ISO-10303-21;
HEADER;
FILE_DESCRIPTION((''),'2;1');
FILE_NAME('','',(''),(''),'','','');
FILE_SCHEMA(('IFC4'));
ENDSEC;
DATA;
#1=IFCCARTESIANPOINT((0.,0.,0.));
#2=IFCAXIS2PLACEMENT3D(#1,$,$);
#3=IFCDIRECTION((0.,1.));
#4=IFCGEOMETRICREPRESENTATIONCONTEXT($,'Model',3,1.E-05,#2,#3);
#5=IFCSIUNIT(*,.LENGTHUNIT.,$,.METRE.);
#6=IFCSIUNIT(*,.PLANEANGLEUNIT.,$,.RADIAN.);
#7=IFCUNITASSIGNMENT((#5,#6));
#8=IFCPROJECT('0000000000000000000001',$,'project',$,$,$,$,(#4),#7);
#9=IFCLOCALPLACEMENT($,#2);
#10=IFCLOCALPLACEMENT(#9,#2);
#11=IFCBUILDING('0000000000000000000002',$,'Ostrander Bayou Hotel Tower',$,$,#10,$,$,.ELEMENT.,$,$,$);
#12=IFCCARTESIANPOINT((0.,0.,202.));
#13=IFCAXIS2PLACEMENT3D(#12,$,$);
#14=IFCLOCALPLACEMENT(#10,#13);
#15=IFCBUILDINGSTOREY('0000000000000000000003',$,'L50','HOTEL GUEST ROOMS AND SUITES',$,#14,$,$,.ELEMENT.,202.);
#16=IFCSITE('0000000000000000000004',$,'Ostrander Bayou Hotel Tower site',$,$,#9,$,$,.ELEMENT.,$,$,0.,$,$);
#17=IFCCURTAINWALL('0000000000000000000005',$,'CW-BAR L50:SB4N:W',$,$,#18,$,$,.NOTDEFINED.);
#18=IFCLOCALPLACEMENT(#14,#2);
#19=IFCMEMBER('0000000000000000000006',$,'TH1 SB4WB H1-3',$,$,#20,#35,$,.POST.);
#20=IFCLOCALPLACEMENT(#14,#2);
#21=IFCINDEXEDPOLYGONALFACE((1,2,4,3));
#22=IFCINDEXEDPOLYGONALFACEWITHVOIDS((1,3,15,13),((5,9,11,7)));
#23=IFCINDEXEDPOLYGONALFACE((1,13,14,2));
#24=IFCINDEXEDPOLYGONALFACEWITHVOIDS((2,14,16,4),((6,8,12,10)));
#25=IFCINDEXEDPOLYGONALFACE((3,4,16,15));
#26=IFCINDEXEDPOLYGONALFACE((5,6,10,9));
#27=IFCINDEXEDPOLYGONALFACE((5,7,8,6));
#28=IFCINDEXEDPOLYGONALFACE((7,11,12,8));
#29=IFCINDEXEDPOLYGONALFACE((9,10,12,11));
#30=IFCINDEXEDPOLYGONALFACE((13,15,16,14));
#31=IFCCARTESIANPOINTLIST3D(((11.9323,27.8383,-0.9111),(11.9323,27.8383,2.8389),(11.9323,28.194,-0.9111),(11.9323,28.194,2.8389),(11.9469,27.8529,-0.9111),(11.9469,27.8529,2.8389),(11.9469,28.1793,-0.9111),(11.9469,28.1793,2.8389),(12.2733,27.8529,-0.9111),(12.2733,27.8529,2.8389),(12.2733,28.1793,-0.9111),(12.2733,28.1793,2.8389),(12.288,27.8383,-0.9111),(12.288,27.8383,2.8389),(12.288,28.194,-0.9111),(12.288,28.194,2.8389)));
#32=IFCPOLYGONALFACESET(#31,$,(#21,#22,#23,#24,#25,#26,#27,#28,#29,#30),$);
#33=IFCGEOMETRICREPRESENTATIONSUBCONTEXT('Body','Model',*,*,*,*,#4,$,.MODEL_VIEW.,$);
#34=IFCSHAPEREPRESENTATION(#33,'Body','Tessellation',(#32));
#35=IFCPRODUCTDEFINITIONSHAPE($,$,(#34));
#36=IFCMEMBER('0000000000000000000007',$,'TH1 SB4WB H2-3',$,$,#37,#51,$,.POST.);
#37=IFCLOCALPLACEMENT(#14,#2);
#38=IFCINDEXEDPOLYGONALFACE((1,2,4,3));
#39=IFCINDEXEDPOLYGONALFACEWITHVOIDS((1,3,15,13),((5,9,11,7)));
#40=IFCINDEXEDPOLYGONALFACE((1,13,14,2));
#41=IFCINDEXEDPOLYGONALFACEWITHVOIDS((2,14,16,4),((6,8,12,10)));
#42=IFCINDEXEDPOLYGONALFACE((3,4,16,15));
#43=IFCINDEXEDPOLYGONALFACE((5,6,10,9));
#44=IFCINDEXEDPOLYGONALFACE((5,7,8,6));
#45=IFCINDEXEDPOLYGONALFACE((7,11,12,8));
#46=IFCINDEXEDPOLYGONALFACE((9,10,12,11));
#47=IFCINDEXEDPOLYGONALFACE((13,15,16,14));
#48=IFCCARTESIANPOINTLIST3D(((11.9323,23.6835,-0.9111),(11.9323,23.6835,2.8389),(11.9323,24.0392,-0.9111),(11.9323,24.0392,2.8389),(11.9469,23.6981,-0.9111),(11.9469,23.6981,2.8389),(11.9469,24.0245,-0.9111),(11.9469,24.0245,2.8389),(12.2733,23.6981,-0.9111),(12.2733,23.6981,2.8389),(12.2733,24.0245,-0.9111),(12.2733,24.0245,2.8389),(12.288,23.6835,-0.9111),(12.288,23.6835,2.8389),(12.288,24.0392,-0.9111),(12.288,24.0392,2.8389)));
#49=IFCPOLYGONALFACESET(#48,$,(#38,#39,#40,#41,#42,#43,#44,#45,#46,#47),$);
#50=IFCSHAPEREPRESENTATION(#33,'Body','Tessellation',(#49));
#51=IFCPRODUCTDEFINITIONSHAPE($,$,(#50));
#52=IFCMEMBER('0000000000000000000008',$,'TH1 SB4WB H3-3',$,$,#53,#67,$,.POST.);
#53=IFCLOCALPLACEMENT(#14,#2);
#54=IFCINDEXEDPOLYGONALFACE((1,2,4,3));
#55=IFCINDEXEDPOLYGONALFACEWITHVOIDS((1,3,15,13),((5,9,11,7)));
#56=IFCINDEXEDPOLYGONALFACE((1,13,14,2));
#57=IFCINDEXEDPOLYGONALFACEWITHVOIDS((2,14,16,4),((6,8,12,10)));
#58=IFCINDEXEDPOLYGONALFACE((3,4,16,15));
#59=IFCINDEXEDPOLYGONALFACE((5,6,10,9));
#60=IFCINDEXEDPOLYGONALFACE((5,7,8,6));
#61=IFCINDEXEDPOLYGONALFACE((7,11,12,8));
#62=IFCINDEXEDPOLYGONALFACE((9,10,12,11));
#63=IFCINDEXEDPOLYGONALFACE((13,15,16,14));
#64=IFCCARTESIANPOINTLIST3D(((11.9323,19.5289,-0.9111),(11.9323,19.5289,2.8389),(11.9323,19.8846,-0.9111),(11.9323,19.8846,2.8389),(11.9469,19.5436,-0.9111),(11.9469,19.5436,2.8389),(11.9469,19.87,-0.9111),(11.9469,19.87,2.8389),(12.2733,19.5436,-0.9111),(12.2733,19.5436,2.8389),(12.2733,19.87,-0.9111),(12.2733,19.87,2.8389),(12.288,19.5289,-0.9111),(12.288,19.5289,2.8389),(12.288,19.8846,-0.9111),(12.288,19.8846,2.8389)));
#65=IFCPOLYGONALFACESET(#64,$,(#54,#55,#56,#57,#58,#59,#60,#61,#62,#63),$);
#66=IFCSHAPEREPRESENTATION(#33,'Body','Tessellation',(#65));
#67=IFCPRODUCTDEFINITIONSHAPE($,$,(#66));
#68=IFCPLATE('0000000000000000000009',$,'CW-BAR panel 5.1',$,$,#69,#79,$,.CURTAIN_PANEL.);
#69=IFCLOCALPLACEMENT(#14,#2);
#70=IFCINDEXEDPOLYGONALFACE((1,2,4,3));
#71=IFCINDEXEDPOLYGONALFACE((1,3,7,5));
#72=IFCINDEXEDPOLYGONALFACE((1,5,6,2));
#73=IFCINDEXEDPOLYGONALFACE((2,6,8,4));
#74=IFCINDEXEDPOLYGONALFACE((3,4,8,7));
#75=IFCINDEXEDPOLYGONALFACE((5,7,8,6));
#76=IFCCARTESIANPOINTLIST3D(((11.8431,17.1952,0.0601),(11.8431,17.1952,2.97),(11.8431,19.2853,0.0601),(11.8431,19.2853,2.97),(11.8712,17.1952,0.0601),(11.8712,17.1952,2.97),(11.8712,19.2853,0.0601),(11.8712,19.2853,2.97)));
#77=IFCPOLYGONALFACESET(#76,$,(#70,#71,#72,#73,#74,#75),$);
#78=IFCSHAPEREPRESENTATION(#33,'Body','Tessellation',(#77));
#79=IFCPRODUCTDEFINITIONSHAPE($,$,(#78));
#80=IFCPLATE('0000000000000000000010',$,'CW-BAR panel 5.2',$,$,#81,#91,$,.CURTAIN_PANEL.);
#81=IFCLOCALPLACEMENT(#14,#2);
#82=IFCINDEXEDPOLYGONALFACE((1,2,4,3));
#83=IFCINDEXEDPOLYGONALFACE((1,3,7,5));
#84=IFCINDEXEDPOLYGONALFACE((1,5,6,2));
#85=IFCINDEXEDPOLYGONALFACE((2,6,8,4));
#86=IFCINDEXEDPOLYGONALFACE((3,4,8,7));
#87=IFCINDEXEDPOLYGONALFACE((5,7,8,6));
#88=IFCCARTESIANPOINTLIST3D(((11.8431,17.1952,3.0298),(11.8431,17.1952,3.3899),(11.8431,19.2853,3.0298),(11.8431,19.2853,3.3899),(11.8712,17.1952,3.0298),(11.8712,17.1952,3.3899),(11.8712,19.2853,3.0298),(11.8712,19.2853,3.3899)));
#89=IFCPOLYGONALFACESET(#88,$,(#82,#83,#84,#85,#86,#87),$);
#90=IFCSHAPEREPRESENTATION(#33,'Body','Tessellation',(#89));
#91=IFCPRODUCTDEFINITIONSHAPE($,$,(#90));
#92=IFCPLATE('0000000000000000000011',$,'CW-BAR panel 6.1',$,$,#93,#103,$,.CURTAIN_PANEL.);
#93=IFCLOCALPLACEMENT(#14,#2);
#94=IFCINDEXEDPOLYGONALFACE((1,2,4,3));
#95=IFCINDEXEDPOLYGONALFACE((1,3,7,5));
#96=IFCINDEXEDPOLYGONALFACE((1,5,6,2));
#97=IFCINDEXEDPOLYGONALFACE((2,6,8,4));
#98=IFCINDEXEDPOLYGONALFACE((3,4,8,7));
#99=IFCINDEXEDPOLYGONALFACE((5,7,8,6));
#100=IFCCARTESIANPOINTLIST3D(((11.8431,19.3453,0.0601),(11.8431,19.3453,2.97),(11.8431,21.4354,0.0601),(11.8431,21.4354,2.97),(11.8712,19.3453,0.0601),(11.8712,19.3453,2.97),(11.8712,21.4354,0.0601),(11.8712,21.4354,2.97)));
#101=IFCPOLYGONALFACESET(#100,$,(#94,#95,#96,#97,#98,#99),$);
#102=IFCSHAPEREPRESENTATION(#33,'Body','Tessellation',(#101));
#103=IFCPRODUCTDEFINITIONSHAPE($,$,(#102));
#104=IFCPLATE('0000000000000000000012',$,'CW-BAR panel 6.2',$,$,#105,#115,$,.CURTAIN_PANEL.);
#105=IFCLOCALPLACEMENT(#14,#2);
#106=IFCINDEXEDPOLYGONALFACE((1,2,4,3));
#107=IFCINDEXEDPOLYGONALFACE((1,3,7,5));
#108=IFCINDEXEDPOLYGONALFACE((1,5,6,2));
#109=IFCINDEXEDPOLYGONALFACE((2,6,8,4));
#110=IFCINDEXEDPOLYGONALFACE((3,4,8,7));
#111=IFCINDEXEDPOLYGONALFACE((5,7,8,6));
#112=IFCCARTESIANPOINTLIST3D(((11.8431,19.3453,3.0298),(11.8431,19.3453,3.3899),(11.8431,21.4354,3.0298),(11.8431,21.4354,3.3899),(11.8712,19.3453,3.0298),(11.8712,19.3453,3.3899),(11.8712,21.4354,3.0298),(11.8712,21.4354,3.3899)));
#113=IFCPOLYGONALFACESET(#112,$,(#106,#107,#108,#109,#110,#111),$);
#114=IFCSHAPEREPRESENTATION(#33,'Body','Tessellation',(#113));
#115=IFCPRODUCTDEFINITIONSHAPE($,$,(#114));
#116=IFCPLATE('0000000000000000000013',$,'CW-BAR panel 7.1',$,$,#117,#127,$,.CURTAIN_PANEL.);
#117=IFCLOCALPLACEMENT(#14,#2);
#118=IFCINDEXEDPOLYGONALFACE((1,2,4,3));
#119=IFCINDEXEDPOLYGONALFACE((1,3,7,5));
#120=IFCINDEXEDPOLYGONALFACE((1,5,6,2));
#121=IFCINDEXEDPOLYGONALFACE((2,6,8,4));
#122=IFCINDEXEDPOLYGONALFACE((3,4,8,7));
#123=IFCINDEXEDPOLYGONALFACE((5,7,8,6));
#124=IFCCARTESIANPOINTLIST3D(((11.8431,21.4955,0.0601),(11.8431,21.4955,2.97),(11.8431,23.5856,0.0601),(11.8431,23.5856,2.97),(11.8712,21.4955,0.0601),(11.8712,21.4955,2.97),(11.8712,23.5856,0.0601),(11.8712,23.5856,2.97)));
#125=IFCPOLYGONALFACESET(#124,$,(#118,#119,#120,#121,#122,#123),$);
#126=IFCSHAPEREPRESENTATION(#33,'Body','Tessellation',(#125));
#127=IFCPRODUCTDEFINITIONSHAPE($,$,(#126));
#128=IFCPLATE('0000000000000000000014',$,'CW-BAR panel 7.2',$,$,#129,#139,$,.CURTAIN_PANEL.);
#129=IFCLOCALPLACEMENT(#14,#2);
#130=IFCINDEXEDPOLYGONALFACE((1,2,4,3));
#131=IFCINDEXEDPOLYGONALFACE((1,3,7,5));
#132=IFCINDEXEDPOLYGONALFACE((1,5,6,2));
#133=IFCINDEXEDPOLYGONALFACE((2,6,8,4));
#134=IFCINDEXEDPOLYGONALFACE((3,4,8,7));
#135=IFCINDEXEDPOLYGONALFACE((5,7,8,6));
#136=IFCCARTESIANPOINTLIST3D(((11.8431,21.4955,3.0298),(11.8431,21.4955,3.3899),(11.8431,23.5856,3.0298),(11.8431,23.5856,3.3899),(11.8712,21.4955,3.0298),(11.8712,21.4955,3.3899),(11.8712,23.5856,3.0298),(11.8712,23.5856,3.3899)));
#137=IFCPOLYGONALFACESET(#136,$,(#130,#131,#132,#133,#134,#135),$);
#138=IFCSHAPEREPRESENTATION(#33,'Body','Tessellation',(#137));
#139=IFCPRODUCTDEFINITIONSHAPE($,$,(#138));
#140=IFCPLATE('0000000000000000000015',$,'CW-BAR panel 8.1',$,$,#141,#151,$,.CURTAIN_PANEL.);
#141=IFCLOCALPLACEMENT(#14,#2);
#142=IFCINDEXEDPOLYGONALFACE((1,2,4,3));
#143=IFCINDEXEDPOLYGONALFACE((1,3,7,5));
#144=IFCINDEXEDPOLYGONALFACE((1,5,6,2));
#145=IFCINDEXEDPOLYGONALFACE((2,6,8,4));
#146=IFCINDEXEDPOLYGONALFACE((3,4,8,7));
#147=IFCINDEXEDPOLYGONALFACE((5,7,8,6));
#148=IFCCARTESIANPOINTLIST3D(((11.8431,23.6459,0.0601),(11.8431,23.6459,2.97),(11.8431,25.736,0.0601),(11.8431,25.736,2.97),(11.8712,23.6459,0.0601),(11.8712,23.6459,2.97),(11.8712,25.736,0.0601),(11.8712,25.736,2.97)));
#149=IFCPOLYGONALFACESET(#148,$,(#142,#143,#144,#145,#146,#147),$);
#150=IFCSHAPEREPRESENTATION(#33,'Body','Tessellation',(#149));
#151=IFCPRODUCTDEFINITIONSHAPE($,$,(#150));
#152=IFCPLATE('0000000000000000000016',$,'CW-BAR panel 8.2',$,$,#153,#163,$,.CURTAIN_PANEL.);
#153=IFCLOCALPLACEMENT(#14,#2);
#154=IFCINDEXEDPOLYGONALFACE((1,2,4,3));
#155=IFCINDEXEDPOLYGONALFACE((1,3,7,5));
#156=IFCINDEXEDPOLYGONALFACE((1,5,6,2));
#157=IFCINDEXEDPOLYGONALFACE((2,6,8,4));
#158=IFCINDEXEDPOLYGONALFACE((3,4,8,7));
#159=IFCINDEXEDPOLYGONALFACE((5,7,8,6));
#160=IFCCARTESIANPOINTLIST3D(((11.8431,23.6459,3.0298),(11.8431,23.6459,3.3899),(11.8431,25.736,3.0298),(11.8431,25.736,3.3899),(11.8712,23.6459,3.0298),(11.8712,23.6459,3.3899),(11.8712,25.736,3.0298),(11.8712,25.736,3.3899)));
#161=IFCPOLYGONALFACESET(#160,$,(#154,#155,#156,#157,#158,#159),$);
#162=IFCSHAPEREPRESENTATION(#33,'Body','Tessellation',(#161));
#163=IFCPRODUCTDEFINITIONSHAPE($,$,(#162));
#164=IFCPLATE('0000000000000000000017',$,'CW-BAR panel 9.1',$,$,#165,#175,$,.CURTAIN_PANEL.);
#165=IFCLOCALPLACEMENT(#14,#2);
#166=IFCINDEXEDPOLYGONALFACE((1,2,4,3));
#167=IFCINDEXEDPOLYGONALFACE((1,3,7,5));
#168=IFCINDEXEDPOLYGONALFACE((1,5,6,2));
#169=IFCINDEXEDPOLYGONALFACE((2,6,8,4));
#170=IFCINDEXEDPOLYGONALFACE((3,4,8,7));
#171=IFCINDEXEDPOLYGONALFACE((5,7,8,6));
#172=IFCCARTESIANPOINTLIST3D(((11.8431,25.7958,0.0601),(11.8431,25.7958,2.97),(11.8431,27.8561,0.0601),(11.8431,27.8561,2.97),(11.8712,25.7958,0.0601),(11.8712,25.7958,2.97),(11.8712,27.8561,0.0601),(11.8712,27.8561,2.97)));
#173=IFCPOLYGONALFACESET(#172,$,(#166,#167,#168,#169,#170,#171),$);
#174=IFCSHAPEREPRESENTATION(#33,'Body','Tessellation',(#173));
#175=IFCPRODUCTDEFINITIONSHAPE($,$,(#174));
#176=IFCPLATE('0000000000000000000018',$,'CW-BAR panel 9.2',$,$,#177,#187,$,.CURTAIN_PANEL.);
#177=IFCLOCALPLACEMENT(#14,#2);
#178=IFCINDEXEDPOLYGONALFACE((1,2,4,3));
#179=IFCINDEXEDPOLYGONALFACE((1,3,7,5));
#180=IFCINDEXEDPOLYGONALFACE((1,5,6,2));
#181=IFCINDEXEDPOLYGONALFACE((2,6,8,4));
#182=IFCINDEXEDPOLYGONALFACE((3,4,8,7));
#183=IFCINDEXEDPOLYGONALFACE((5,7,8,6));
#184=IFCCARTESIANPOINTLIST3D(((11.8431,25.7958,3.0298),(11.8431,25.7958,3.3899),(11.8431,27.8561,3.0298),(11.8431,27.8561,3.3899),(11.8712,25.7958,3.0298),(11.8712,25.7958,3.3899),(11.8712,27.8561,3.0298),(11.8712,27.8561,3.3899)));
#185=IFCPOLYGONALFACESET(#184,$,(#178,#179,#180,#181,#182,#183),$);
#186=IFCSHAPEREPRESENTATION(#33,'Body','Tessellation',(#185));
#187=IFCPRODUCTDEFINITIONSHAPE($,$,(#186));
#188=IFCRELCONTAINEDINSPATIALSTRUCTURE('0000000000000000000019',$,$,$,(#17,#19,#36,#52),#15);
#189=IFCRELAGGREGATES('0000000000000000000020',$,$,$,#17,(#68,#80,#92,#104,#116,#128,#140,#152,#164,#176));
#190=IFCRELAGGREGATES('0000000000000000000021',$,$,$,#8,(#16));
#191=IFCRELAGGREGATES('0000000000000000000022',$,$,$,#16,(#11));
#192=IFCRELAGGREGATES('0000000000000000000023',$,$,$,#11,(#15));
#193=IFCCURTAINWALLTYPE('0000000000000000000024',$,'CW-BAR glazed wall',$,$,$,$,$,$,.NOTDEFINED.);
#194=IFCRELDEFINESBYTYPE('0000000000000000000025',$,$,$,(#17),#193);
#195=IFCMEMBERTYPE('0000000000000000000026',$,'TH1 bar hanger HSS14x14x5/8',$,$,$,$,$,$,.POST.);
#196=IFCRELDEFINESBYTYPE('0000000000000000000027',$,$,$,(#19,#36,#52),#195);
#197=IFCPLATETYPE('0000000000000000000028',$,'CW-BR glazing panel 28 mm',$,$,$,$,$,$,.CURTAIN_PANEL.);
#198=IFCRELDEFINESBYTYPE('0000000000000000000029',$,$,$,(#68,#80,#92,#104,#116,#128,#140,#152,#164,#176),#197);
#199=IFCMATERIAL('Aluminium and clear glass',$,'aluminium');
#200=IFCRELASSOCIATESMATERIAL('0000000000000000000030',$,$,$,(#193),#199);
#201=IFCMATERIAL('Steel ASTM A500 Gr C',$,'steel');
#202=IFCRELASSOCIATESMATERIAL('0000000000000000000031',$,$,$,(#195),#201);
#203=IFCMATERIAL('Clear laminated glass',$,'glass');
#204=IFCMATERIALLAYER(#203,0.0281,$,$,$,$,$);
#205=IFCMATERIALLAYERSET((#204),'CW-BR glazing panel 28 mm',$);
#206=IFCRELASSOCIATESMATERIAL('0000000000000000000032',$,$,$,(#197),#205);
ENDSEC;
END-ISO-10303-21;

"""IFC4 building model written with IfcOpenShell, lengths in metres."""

from ifc_helpers import new_model, si_unit, direction, frame, origin, origin_2d, place, context, subcontext, project, spatial, rectangle, hollow_rectangle, extrude, material, layer, layer_set, material_profile, profile_set, type_object, element, aggregate, save


model = new_model("IFC4")

# Units and contexts
model_context = context("Model", 3, precision=1e-05, world=origin(), true_north=direction((0.0, 1.0)))
body_context = subcontext(model_context, "Body", "Model", "MODEL_VIEW")
ifc_project = project(units=[si_unit("LENGTHUNIT", "METRE"), si_unit("PLANEANGLEUNIT", "RADIAN")], contexts=[model_context])

# Site, building, storey
site_placement = place(None, origin())
site = spatial("IfcSite", under=ifc_project, at=site_placement, Name="Ostrander Bayou Hotel Tower site", CompositionType="ELEMENT", RefElevation=0.0)
building_placement = place(site_placement, origin())
building = spatial("IfcBuilding", under=site, at=building_placement, Name="Ostrander Bayou Hotel Tower", CompositionType="ELEMENT")
storey_placement = place(building_placement, frame((0.0, 0.0, 202.0)))
storey = spatial("IfcBuildingStorey", under=building, at=storey_placement, Name="L50", Description="HOTEL GUEST ROOMS AND SUITES", CompositionType="ELEMENT", Elevation=202.0)

# Shared definitions
ifc_material_1 = material(Name="Aluminium and clear glass", Category="aluminium")
curtain_wall_type = type_object("IfcCurtainWallType", Name="CW-BAR glazed wall", PredefinedType="NOTDEFINED", material=ifc_material_1)

# Curtain wall
curtain_wall_1_placement = place(storey_placement, origin())
curtain_wall_1 = element("IfcCurtainWall", 1, at=curtain_wall_1_placement, inside=storey, type_object=curtain_wall_type, Name="CW-BAR L50:SB4N:W", PredefinedType="NOTDEFINED")

# Members
ifc_material_2 = material(Name="Steel ASTM A500 Gr C", Category="steel")
ifc_material_profile_1 = material_profile(ifc_material_2, hollow_rectangle(XDim=0.3557, YDim=0.3557, WallThickness=0.0146, at=origin_2d()))
ifc_profile_set_1 = profile_set([ifc_material_profile_1], Name="Steel ASTM A500 Gr C")
member_type_1 = type_object("IfcMemberType", Name="TH1 bar hanger HSS14x14x5/8", PredefinedType="POST", material=ifc_profile_set_1)
for number, where, z_axis, x_axis, name in (
    (2, (12.1101, 28.0161, -0.9111), (0.0, 0.0, 1.0), (1.0, 0.0, 0.0), "TH1 SB4WB H1-3"),
    (3, (12.1101, 23.8613, -0.9111), (0.0, 0.0, 1.0), (1.0, 0.0, 0.0), "TH1 SB4WB H2-3"),
    (4, (12.1101, 19.7068, -0.9111), (0.0, 0.0, 1.0), (1.0, 0.0, 0.0), "TH1 SB4WB H3-3"),
):
    element("IfcMember", number, at=place(storey_placement, frame(where, z_axis=z_axis, x_axis=x_axis)), inside=storey, type_object=member_type_1, Name=name, PredefinedType="POST", context=body_context, shape_type="SweptSolid", body=[
        extrude(hollow_rectangle(XDim=0.3557, YDim=0.3557, WallThickness=0.0146, at=origin_2d()), origin(), (0.0, 0.0, 1.0), 3.75),
    ])

# Plates
ifc_material_3 = material(Name="Clear laminated glass", Category="glass")
ifc_layer = layer(ifc_material_3, 0.0281)
ifc_layer_set = layer_set([ifc_layer], Name="CW-BR glazing panel 28 mm")
plate_type = type_object("IfcPlateType", Name="CW-BR glazing panel 28 mm", PredefinedType="CURTAIN_PANEL", material=ifc_layer_set)
plate_1_placement = place(storey_placement, frame((11.8572, 18.2402, 0.0601), z_axis=(0.0, 0.0, 1.0), x_axis=(0.0, 1.0, 0.0)))
plate_1 = element("IfcPlate", 5, at=plate_1_placement, type_object=plate_type, Name="CW-BAR panel 5.1", PredefinedType="CURTAIN_PANEL", context=body_context, shape_type="SweptSolid", body=[
    extrude(rectangle(XDim=2.0901, YDim=0.0281, at=origin_2d()), origin(), (0.0, 0.0, 1.0), 2.9099),
])
plate_2_placement = place(storey_placement, frame((11.8572, 18.2402, 3.0298), z_axis=(0.0, 0.0, 1.0), x_axis=(0.0, 1.0, 0.0)))
plate_2 = element("IfcPlate", 6, at=plate_2_placement, type_object=plate_type, Name="CW-BAR panel 5.2", PredefinedType="CURTAIN_PANEL", context=body_context, shape_type="SweptSolid", body=[
    extrude(rectangle(XDim=2.0901, YDim=0.0281, at=origin_2d()), origin(), (0.0, 0.0, 1.0), 0.3601),
])
plate_3_placement = place(storey_placement, frame((11.8572, 20.3904, 0.0601), z_axis=(0.0, 0.0, 1.0), x_axis=(0.0, 1.0, 0.0)))
plate_3 = element("IfcPlate", 7, at=plate_3_placement, type_object=plate_type, Name="CW-BAR panel 6.1", PredefinedType="CURTAIN_PANEL", context=body_context, shape_type="SweptSolid", body=[
    extrude(rectangle(XDim=2.0901, YDim=0.0281, at=origin_2d()), origin(), (0.0, 0.0, 1.0), 2.9099),
])
plate_4_placement = place(storey_placement, frame((11.8572, 20.3904, 3.0298), z_axis=(0.0, 0.0, 1.0), x_axis=(0.0, 1.0, 0.0)))
plate_4 = element("IfcPlate", 8, at=plate_4_placement, type_object=plate_type, Name="CW-BAR panel 6.2", PredefinedType="CURTAIN_PANEL", context=body_context, shape_type="SweptSolid", body=[
    extrude(rectangle(XDim=2.0901, YDim=0.0281, at=origin_2d()), origin(), (0.0, 0.0, 1.0), 0.3601),
])
plate_5_placement = place(storey_placement, frame((11.8572, 22.5405, 0.0601), z_axis=(0.0, 0.0, 1.0), x_axis=(0.0, 1.0, 0.0)))
plate_5 = element("IfcPlate", 9, at=plate_5_placement, type_object=plate_type, Name="CW-BAR panel 7.1", PredefinedType="CURTAIN_PANEL", context=body_context, shape_type="SweptSolid", body=[
    extrude(rectangle(XDim=2.0901, YDim=0.0281, at=origin_2d()), origin(), (0.0, 0.0, 1.0), 2.9099),
])
plate_6_placement = place(storey_placement, frame((11.8572, 22.5405, 3.0298), z_axis=(0.0, 0.0, 1.0), x_axis=(0.0, 1.0, 0.0)))
plate_6 = element("IfcPlate", 10, at=plate_6_placement, type_object=plate_type, Name="CW-BAR panel 7.2", PredefinedType="CURTAIN_PANEL", context=body_context, shape_type="SweptSolid", body=[
    extrude(rectangle(XDim=2.0901, YDim=0.0281, at=origin_2d()), origin(), (0.0, 0.0, 1.0), 0.3601),
])
plate_7_placement = place(storey_placement, frame((11.8572, 24.6909, 0.0601), z_axis=(0.0, 0.0, 1.0), x_axis=(0.0, 1.0, 0.0)))
plate_7 = element("IfcPlate", 11, at=plate_7_placement, type_object=plate_type, Name="CW-BAR panel 8.1", PredefinedType="CURTAIN_PANEL", context=body_context, shape_type="SweptSolid", body=[
    extrude(rectangle(XDim=2.0901, YDim=0.0281, at=origin_2d()), origin(), (0.0, 0.0, 1.0), 2.9099),
])
plate_8_placement = place(storey_placement, frame((11.8572, 24.6909, 3.0298), z_axis=(0.0, 0.0, 1.0), x_axis=(0.0, 1.0, 0.0)))
plate_8 = element("IfcPlate", 12, at=plate_8_placement, type_object=plate_type, Name="CW-BAR panel 8.2", PredefinedType="CURTAIN_PANEL", context=body_context, shape_type="SweptSolid", body=[
    extrude(rectangle(XDim=2.0901, YDim=0.0281, at=origin_2d()), origin(), (0.0, 0.0, 1.0), 0.3601),
])
plate_9_placement = place(storey_placement, frame((11.8572, 26.8259, 0.0601), z_axis=(0.0, 0.0, 1.0), x_axis=(0.0, 1.0, 0.0)))
plate_9 = element("IfcPlate", 13, at=plate_9_placement, type_object=plate_type, Name="CW-BAR panel 9.1", PredefinedType="CURTAIN_PANEL", context=body_context, shape_type="SweptSolid", body=[
    extrude(rectangle(XDim=2.0603, YDim=0.0281, at=origin_2d()), origin(), (0.0, 0.0, 1.0), 2.9099),
])
plate_10_placement = place(storey_placement, frame((11.8572, 26.8259, 3.0298), z_axis=(0.0, 0.0, 1.0), x_axis=(0.0, 1.0, 0.0)))
plate_10 = element("IfcPlate", 14, at=plate_10_placement, type_object=plate_type, Name="CW-BAR panel 9.2", PredefinedType="CURTAIN_PANEL", context=body_context, shape_type="SweptSolid", body=[
    extrude(rectangle(XDim=2.0603, YDim=0.0281, at=origin_2d()), origin(), (0.0, 0.0, 1.0), 0.3601),
])
aggregate(curtain_wall_1, [plate_1, plate_2, plate_3, plate_4, plate_5, plate_6, plate_7, plate_8, plate_9, plate_10])

save(model, "model.ifc")
